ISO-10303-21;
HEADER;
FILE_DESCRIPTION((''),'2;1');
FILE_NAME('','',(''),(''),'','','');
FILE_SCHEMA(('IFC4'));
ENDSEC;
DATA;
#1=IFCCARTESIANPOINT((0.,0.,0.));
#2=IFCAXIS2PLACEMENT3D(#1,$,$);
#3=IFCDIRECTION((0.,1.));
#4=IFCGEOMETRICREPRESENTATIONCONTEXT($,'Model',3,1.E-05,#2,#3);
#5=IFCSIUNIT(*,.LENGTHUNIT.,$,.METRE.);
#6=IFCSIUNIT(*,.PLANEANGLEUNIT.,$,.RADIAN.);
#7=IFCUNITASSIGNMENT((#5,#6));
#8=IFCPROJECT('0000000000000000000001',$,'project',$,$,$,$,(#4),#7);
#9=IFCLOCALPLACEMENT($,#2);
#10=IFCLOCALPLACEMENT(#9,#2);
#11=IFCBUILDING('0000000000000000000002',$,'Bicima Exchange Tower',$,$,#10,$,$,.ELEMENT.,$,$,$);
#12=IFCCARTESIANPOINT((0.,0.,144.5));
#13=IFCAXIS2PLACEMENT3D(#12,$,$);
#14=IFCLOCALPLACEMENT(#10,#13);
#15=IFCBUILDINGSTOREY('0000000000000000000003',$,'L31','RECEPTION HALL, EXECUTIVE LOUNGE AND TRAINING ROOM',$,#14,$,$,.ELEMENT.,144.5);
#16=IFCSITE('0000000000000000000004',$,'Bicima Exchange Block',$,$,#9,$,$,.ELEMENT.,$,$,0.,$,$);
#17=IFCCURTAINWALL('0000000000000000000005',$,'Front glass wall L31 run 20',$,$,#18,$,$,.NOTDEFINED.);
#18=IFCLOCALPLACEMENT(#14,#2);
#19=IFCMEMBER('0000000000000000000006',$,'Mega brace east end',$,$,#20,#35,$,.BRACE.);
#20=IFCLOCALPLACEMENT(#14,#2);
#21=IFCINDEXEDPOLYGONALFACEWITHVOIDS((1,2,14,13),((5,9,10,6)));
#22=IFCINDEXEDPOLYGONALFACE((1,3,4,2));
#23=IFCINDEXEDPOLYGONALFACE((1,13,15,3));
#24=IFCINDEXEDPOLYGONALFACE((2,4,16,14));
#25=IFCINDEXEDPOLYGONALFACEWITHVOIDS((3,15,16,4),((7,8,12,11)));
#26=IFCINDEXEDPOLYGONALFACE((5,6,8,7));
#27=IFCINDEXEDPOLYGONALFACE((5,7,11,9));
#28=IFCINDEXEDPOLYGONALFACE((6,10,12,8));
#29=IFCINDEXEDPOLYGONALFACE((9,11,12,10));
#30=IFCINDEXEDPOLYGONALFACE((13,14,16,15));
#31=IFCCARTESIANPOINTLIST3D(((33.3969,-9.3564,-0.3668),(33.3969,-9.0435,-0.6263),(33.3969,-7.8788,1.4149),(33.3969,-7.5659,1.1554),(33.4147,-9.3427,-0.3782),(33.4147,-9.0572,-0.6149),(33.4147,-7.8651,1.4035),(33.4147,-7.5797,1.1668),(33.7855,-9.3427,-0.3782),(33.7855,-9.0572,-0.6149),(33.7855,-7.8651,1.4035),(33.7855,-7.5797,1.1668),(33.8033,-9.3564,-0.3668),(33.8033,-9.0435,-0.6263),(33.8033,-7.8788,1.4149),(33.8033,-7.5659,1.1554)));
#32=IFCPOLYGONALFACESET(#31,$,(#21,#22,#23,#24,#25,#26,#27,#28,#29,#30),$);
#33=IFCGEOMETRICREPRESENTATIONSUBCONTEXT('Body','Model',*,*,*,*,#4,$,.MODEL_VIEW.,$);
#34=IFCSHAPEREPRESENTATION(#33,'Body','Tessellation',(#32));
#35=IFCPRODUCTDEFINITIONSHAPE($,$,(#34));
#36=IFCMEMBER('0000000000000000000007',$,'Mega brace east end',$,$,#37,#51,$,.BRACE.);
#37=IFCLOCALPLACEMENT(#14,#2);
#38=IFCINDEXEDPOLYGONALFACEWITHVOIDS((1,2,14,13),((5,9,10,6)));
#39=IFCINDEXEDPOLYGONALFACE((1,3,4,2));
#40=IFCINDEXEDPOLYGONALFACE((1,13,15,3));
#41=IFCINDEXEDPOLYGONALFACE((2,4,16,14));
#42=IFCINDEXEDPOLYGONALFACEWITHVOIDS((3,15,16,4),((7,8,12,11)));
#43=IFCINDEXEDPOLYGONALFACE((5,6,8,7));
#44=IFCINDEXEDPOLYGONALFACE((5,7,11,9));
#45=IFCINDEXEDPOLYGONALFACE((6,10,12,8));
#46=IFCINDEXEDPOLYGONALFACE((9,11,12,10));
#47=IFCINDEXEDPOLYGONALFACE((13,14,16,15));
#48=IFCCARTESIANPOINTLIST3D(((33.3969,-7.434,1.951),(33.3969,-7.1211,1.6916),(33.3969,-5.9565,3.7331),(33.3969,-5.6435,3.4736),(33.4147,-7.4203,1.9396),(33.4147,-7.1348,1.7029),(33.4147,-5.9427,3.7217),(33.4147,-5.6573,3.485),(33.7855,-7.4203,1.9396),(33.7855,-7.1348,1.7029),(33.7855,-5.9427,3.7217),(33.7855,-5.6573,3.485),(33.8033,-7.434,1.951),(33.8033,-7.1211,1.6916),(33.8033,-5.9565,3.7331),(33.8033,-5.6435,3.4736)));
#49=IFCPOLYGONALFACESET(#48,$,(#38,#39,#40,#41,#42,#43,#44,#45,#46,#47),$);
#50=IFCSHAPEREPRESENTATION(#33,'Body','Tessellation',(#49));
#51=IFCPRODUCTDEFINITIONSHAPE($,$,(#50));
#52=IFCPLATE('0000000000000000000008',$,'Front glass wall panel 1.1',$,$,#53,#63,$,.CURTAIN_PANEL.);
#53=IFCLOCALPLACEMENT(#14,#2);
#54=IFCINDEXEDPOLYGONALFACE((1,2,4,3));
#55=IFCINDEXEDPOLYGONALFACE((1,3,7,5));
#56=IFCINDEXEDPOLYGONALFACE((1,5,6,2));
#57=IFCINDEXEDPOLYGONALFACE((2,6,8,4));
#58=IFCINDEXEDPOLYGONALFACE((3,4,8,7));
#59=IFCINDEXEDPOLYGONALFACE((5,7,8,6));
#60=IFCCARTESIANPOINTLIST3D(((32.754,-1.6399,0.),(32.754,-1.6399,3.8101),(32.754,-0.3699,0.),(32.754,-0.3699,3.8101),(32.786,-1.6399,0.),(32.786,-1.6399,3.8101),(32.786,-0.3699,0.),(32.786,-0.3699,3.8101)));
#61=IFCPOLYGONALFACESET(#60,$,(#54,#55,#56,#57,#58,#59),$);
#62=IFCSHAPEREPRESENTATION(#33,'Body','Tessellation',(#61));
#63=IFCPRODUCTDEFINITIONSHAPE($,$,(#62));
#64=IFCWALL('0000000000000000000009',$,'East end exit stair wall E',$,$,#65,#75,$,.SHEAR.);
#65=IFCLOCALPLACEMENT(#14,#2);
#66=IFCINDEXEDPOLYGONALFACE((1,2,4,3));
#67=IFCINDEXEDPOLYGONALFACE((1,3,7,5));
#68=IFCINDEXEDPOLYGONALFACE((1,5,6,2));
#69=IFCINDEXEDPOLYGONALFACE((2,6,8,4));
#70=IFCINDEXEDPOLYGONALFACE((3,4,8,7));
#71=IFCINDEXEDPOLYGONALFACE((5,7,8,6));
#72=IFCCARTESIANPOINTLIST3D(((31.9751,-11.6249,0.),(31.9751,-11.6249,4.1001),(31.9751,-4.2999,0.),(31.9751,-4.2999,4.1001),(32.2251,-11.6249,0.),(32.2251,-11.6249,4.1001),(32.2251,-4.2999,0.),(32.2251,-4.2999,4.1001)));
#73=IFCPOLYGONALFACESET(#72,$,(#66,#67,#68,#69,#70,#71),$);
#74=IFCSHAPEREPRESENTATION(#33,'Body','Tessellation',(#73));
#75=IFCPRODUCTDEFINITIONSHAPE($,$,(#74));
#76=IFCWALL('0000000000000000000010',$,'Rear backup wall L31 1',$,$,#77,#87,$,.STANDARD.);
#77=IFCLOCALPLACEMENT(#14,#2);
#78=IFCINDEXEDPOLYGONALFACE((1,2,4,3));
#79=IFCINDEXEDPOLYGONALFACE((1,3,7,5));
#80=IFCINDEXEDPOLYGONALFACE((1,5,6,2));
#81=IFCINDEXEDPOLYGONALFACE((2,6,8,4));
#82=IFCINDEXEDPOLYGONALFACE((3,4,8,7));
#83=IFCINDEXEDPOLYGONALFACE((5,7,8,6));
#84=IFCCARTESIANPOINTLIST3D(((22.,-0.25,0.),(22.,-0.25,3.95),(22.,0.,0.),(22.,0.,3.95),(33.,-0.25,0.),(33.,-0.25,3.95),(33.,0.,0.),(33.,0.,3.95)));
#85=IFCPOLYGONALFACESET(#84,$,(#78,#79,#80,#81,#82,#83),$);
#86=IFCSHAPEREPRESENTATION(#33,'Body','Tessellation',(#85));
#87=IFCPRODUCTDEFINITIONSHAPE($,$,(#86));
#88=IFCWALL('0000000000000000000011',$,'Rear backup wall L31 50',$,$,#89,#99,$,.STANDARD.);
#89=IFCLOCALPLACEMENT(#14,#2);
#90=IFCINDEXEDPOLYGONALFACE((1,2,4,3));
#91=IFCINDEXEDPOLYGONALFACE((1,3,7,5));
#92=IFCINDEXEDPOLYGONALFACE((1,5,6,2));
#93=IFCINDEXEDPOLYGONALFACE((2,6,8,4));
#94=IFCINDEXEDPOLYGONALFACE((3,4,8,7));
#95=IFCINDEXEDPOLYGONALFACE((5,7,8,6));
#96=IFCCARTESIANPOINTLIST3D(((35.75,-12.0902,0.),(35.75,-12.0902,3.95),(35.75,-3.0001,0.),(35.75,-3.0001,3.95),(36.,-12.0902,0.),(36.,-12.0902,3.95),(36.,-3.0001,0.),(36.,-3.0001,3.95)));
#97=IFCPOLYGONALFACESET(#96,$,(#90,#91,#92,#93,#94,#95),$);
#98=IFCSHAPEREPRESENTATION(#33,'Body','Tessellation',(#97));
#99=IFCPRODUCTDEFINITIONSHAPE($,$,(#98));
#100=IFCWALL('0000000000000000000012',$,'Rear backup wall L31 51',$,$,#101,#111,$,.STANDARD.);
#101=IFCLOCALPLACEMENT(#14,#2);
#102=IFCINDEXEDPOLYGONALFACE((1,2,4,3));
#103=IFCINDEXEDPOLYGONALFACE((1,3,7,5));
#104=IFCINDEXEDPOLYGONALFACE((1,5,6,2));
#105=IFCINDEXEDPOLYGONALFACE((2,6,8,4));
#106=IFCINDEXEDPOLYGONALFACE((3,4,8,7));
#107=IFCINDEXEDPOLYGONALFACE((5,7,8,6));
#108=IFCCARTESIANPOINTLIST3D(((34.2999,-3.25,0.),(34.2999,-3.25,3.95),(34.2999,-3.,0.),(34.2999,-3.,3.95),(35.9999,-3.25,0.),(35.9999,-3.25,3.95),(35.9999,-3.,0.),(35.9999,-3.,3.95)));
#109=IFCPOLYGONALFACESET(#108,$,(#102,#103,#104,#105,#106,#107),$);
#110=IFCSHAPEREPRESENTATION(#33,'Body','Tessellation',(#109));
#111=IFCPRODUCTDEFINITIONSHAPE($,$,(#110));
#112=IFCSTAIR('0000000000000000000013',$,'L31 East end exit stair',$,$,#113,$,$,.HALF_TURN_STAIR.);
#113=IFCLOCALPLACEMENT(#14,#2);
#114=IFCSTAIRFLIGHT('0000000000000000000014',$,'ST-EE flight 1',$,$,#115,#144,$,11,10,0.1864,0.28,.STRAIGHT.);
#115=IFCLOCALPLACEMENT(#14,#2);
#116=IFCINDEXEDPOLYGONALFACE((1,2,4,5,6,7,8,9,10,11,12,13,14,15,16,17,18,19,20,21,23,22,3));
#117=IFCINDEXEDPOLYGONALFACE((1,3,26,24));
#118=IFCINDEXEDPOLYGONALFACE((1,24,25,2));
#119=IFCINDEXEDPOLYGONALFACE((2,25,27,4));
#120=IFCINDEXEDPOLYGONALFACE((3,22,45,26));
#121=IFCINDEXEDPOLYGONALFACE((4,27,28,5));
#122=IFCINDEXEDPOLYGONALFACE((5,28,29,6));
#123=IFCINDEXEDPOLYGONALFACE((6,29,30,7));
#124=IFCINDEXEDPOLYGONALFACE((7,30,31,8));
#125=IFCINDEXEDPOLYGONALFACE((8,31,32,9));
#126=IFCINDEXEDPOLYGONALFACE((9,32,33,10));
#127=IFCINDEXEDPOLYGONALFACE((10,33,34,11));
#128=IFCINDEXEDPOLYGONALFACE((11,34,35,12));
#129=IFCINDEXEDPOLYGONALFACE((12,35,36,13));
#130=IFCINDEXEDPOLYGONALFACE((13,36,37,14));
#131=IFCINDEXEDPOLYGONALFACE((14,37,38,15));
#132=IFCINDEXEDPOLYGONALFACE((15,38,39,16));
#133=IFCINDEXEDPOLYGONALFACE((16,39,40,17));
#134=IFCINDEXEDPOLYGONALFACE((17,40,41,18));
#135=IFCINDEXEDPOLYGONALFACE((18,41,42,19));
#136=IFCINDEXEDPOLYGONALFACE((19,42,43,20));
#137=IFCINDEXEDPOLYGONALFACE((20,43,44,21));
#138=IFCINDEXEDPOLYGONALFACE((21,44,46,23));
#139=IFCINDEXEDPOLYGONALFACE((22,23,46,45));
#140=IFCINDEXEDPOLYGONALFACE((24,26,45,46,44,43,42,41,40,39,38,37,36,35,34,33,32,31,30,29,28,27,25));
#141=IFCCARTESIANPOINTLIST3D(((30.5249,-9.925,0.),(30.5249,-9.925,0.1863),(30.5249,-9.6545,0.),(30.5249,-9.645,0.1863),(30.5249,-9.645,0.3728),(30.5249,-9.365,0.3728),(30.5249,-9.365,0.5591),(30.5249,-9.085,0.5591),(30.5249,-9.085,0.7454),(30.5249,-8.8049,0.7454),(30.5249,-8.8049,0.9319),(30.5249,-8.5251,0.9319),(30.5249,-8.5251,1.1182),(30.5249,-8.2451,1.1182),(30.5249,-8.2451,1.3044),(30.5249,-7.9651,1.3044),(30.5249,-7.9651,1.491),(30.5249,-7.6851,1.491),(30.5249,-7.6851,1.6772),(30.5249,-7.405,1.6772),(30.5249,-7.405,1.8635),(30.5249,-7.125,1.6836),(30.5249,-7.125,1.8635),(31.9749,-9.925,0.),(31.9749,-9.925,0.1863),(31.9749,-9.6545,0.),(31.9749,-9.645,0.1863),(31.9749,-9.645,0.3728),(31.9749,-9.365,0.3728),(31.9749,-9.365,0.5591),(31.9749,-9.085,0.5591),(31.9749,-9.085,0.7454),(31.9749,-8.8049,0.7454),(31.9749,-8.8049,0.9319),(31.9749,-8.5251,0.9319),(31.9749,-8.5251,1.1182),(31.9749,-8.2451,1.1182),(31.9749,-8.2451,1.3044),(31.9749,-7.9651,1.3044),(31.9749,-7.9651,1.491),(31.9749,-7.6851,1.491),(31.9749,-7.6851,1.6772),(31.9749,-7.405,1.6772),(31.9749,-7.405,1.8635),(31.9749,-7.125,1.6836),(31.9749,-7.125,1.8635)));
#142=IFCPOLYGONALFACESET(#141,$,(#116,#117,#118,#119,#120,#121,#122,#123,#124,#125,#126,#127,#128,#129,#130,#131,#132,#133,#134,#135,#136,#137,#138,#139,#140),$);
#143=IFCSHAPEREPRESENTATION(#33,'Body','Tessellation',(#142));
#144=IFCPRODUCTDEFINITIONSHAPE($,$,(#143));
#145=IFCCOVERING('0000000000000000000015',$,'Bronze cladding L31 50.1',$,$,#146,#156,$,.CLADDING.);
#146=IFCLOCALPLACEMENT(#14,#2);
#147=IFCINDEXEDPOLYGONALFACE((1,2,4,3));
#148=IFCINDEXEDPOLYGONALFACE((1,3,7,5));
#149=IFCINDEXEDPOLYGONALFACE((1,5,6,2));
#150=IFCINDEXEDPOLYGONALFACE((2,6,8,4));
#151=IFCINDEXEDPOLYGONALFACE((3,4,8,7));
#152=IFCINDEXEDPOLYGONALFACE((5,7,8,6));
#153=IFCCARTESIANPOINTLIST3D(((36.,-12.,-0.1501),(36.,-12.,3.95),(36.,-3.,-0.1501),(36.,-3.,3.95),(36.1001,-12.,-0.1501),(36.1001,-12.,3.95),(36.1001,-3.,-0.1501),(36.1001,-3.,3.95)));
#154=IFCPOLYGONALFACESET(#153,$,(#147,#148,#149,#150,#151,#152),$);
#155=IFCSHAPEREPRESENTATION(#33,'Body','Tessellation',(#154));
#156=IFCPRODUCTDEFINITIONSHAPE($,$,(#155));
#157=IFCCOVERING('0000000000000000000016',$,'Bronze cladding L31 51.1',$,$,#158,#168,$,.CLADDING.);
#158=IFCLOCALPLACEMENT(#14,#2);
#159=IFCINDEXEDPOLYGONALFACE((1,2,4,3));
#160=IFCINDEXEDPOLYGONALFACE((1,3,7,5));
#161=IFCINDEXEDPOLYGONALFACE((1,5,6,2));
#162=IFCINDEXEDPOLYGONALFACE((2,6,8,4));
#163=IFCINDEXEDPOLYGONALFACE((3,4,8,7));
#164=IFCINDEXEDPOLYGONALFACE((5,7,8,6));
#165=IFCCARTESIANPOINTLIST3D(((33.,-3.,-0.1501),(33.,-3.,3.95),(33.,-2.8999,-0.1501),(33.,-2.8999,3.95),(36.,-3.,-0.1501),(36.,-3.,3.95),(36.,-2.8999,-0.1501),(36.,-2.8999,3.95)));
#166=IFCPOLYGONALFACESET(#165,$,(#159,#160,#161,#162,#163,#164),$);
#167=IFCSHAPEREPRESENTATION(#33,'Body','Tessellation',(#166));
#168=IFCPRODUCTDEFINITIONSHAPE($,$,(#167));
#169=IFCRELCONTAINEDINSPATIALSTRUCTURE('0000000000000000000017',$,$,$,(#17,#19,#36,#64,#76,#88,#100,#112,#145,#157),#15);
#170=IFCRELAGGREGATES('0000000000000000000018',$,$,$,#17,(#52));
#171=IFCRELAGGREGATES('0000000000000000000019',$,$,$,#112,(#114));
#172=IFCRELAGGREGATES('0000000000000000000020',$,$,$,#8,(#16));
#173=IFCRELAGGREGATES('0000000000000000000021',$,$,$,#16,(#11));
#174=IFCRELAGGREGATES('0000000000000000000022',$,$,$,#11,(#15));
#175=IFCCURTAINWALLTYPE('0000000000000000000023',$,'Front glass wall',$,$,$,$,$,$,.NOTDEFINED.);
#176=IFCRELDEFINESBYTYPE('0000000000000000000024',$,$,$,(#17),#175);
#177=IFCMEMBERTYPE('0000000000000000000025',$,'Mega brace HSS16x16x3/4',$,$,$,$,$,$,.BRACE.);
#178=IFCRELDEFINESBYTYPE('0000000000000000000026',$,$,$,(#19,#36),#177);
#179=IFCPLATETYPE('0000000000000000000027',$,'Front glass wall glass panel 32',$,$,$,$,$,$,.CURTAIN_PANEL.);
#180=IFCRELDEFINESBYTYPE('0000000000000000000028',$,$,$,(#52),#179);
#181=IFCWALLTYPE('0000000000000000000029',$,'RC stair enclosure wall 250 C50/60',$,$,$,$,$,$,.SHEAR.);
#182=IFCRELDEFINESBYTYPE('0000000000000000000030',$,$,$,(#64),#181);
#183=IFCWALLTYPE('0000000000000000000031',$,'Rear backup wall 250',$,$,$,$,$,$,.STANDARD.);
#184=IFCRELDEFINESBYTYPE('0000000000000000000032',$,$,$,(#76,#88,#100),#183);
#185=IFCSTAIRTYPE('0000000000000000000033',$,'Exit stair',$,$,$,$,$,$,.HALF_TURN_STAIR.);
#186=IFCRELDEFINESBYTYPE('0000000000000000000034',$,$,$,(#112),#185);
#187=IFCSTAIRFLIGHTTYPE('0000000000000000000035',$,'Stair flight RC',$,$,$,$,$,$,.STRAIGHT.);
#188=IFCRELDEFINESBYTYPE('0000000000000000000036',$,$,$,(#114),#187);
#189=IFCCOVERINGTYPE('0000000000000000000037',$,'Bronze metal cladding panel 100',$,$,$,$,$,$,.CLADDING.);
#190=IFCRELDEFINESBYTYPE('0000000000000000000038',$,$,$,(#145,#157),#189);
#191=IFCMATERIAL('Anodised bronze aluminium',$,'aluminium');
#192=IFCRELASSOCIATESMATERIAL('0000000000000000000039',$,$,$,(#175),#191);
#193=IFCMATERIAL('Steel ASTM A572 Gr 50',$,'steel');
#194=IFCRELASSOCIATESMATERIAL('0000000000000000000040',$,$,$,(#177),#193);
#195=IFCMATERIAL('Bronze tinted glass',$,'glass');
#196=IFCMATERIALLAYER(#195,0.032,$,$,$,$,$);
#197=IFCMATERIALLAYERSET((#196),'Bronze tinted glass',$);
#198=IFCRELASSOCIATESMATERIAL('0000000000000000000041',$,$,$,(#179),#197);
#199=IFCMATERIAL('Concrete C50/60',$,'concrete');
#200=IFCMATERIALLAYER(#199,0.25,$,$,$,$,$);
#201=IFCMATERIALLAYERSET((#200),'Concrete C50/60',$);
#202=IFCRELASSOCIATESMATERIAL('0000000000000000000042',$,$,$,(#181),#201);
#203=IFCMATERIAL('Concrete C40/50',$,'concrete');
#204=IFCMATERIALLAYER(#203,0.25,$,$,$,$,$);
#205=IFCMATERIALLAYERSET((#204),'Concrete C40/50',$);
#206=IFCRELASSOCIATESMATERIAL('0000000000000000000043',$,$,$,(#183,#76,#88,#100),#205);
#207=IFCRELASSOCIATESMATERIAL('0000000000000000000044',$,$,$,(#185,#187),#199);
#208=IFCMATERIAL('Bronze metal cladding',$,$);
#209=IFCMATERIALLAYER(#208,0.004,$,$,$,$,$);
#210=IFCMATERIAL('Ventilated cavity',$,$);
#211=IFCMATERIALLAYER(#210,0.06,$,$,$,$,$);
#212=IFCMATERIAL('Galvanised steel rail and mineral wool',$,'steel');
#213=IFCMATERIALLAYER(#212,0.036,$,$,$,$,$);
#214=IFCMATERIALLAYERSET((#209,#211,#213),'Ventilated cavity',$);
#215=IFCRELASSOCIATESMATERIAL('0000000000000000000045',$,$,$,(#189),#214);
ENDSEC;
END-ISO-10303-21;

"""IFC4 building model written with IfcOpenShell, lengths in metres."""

from ifc_helpers import new_model, si_unit, direction, frame, frame_2d, origin, origin_2d, place, context, subcontext, project, spatial, polyline, rectangle, hollow_rectangle, outline, extrude, material, layer, layer_set, layer_usage, material_profile, profile_set, type_object, element, aggregate, save


model = new_model("IFC4")

# Units and contexts
model_context = context("Model", 3, precision=1e-05, world=origin(), true_north=direction((0.0, 1.0)))
body_context = subcontext(model_context, "Body", "Model", "MODEL_VIEW")
ifc_project = project(units=[si_unit("LENGTHUNIT", "METRE"), si_unit("PLANEANGLEUNIT", "RADIAN")], contexts=[model_context])

# Site, building, storey
site_placement = place(None, origin())
site = spatial("IfcSite", under=ifc_project, at=site_placement, Name="Bicima Exchange Block", CompositionType="ELEMENT", RefElevation=0.0)
building_placement = place(site_placement, origin())
building = spatial("IfcBuilding", under=site, at=building_placement, Name="Bicima Exchange Tower", CompositionType="ELEMENT")
storey_placement = place(building_placement, frame((0.0, 0.0, 144.5)))
storey = spatial("IfcBuildingStorey", under=building, at=storey_placement, Name="L31", Description="RECEPTION HALL, EXECUTIVE LOUNGE AND TRAINING ROOM", CompositionType="ELEMENT", Elevation=144.5)

# Shared definitions
ifc_material_1 = material(Name="Steel ASTM A572 Gr 50", Category="steel")

# Shared definitions
ifc_material_2 = material(Name="Anodised bronze aluminium", Category="aluminium")

# Curtain wall
curtain_wall_type_1 = type_object("IfcCurtainWallType", Name="Front glass wall", PredefinedType="NOTDEFINED", material=ifc_material_2)
curtain_wall_1_placement = place(storey_placement, origin())
curtain_wall_1 = element("IfcCurtainWall", 1, at=curtain_wall_1_placement, inside=storey, type_object=curtain_wall_type_1, Name="Front glass wall L31 run 20", PredefinedType="NOTDEFINED")

# Members
ifc_material_profile_1 = material_profile(ifc_material_1, hollow_rectangle(XDim=0.4065, YDim=0.4065, WallThickness=0.0178, at=origin_2d()))
ifc_profile_set_1 = profile_set([ifc_material_profile_1], Name="Steel ASTM A572 Gr 50")
member_type_1 = type_object("IfcMemberType", Name="Mega brace HSS16x16x3/4", PredefinedType="BRACE", material=ifc_profile_set_1)
member_1_placement = place(storey_placement, frame((33.6001, -9.2, -0.4966), z_axis=(0.0, 0.638336, 0.769758), x_axis=(-1.0, 0.0, 0.0)))
element("IfcMember", 2, at=member_1_placement, inside=storey, type_object=member_type_1, Name="Mega brace east end", PredefinedType="BRACE", context=body_context, shape_type="SweptSolid", body=[
    extrude(hollow_rectangle(XDim=0.4065, YDim=0.4065, WallThickness=0.0178, at=origin_2d()), origin(), (0.0, 0.0, 1.0), 2.3147),
])
member_2_placement = place(storey_placement, frame((33.6001, -7.2776, 1.8213), z_axis=(0.0, 0.638284, 0.769801), x_axis=(-1.0, 0.0, 0.0)))
element("IfcMember", 3, at=member_2_placement, inside=storey, type_object=member_type_1, Name="Mega brace east end", PredefinedType="BRACE", context=body_context, shape_type="SweptSolid", body=[
    extrude(hollow_rectangle(XDim=0.4065, YDim=0.4065, WallThickness=0.0178, at=origin_2d()), origin(), (0.0, 0.0, 1.0), 2.3149),
])

# Plate
ifc_material_3 = material(Name="Bronze tinted glass", Category="glass")
ifc_layer_1 = layer(ifc_material_3, 0.032)
ifc_layer_set_1 = layer_set([ifc_layer_1], Name="Bronze tinted glass")
plate_type = type_object("IfcPlateType", Name="Front glass wall glass panel 32", PredefinedType="CURTAIN_PANEL", material=ifc_layer_set_1)
plate_placement = place(storey_placement, frame((32.77, -1.0049, 0.0), z_axis=(0.0, 0.0, 1.0), x_axis=(0.0, 1.0, 0.0)))
plate = element("IfcPlate", 4, at=plate_placement, type_object=plate_type, Name="Front glass wall panel 1.1", PredefinedType="CURTAIN_PANEL", context=body_context, shape_type="SweptSolid", body=[
    extrude(rectangle(XDim=1.27, YDim=0.032, at=origin_2d()), origin(), (0.0, 0.0, 1.0), 3.8101),
])
aggregate(curtain_wall_1, [plate])

# Walls
ifc_material_4 = material(Name="Concrete C50/60", Category="concrete")
ifc_layer_2 = layer(ifc_material_4, 0.25)
ifc_layer_set_2 = layer_set([ifc_layer_2], Name="Concrete C50/60")
wall_type_1 = type_object("IfcWallType", Name="RC stair enclosure wall 250 C50/60", PredefinedType="SHEAR", material=ifc_layer_set_2)
wall_1_placement = place(storey_placement, frame((32.1001, -11.625, 0.0), z_axis=(0.0, 0.0, 1.0), x_axis=(0.0, 1.0, 0.0)))
element("IfcWall", 5, at=wall_1_placement, inside=storey, type_object=wall_type_1, Name="East end exit stair wall E", PredefinedType="SHEAR", context=body_context, shape_type="SweptSolid", body=[
    extrude(rectangle(XDim=7.325, YDim=0.25, at=frame_2d((3.6626, 0.0))), origin(), (0.0, 0.0, 1.0), 4.1001),
])
ifc_material_5 = material(Name="Concrete C40/50", Category="concrete")
ifc_layer_3 = layer(ifc_material_5, 0.25)
ifc_layer_set_3 = layer_set([ifc_layer_3], Name="Concrete C40/50")
ifc_layer_usage = layer_usage(ifc_layer_set_3, "AXIS2", "POSITIVE", -0.125)
wall_type_2 = type_object("IfcWallType", Name="Rear backup wall 250", PredefinedType="STANDARD", material=ifc_layer_set_3)
wall_2_placement = place(storey_placement, frame((33.0, -0.125, 0.0), z_axis=(0.0, 0.0, 1.0), x_axis=(-1.0, 0.0, 0.0)))
element("IfcWall", 6, at=wall_2_placement, inside=storey, type_object=wall_type_2, material=ifc_layer_usage, Name="Rear backup wall L31 1", PredefinedType="STANDARD", context=body_context, shape_type="SweptSolid", body=[
    extrude(rectangle(XDim=11.0, YDim=0.25, at=frame_2d((5.5, 0.0))), origin(), (0.0, 0.0, 1.0), 3.95),
])
wall_3_placement = place(storey_placement, frame((35.875, -12.0901, 0.0), z_axis=(0.0, 0.0, 1.0), x_axis=(0.0, 1.0, 0.0)))
element("IfcWall", 7, at=wall_3_placement, inside=storey, type_object=wall_type_2, material=ifc_layer_usage, Name="Rear backup wall L31 50", PredefinedType="STANDARD", context=body_context, shape_type="SweptSolid", body=[
    extrude(rectangle(XDim=9.0901, YDim=0.25, at=frame_2d((4.5449, 0.0))), origin(), (0.0, 0.0, 1.0), 3.95),
])
wall_4_placement = place(storey_placement, frame((36.0, -3.125, 0.0), z_axis=(0.0, 0.0, 1.0), x_axis=(-1.0, 0.0, 0.0)))
element("IfcWall", 8, at=wall_4_placement, inside=storey, type_object=wall_type_2, material=ifc_layer_usage, Name="Rear backup wall L31 51", PredefinedType="STANDARD", context=body_context, shape_type="SweptSolid", body=[
    extrude(rectangle(XDim=1.7, YDim=0.25, at=frame_2d((0.8501, 0.0))), origin(), (0.0, 0.0, 1.0), 3.95),
])

# Stair, stair flight
stair_type = type_object("IfcStairType", Name="Exit stair", PredefinedType="HALF_TURN_STAIR", material=ifc_material_4)
stair_placement = place(storey_placement, origin())
stair = element("IfcStair", 9, at=stair_placement, inside=storey, type_object=stair_type, Name="L31 East end exit stair", PredefinedType="HALF_TURN_STAIR")
stair_flight_type = type_object("IfcStairFlightType", Name="Stair flight RC", PredefinedType="STRAIGHT", material=ifc_material_4)
stair_flight_placement = place(storey_placement, frame((31.25, -9.925, 0.0), z_axis=(0.0, 0.0, 1.0), x_axis=(0.0, 1.0, 0.0)))
stair_flight = element("IfcStairFlight", 10, at=stair_flight_placement, type_object=stair_flight_type, Name="ST-EE flight 1", NumberOfRisers=11, NumberOfTreads=10, PredefinedType="STRAIGHT", RiserHeight=0.1864, TreadLength=0.28, context=body_context, shape_type="SweptSolid", body=[
    extrude(outline(polyline([(0.0, 0.0), (0.0, 0.1863), (0.28, 0.1863), (0.28, 0.3728), (0.5601, 0.3728), (0.5601, 0.5591), (0.8401, 0.5591), (0.8401, 0.7454), (1.1201, 0.7454), (1.1201, 0.9319), (1.3999, 0.9319), (1.3999, 1.1182), (1.6799, 1.1182), (1.6799, 1.3044), (1.96, 1.3044), (1.96, 1.491), (2.24, 1.491), (2.24, 1.6772), (2.52, 1.6772), (2.52, 1.8635), (2.8, 1.8635), (2.8, 2.05), (2.8, 1.6836), (0.2705, 0.0), (0.0, 0.0)])), frame((0.0, 0.7251, 0.0), z_axis=(0.0, -1.0, 0.0), x_axis=(1.0, 0.0, 0.0)), (0.0, 0.0, 1.0), 1.45),
])
aggregate(stair, [stair_flight])

# Coverings
ifc_material_6 = material(Name="Bronze metal cladding")
ifc_layer_4 = layer(ifc_material_6, 0.004)
ifc_material_7 = material(Name="Ventilated cavity")
ifc_layer_5 = layer(ifc_material_7, 0.06)
ifc_material_8 = material(Name="Galvanised steel rail and mineral wool", Category="steel")
ifc_layer_6 = layer(ifc_material_8, 0.036)
ifc_layer_set_4 = layer_set([ifc_layer_4, ifc_layer_5, ifc_layer_6], Name="Ventilated cavity")
covering_type = type_object("IfcCoveringType", Name="Bronze metal cladding panel 100", PredefinedType="CLADDING", material=ifc_layer_set_4)
covering_1_placement = place(storey_placement, frame((36.05, -7.5, -0.1501), z_axis=(0.0, 0.0, 1.0), x_axis=(0.0, 1.0, 0.0)))
element("IfcCovering", 11, at=covering_1_placement, inside=storey, type_object=covering_type, Name="Bronze cladding L31 50.1", PredefinedType="CLADDING", context=body_context, shape_type="SweptSolid", body=[
    extrude(rectangle(XDim=9.0, YDim=0.1001, at=origin_2d()), origin(), (0.0, 0.0, 1.0), 4.1001),
])
covering_2_placement = place(storey_placement, frame((34.5, -2.95, -0.1501), z_axis=(0.0, 0.0, 1.0), x_axis=(-1.0, 0.0, 0.0)))
element("IfcCovering", 12, at=covering_2_placement, inside=storey, type_object=covering_type, Name="Bronze cladding L31 51.1", PredefinedType="CLADDING", context=body_context, shape_type="SweptSolid", body=[
    extrude(rectangle(XDim=3.0, YDim=0.1001, at=origin_2d()), origin(), (0.0, 0.0, 1.0), 4.1001),
])

save(model, "model.ifc")
